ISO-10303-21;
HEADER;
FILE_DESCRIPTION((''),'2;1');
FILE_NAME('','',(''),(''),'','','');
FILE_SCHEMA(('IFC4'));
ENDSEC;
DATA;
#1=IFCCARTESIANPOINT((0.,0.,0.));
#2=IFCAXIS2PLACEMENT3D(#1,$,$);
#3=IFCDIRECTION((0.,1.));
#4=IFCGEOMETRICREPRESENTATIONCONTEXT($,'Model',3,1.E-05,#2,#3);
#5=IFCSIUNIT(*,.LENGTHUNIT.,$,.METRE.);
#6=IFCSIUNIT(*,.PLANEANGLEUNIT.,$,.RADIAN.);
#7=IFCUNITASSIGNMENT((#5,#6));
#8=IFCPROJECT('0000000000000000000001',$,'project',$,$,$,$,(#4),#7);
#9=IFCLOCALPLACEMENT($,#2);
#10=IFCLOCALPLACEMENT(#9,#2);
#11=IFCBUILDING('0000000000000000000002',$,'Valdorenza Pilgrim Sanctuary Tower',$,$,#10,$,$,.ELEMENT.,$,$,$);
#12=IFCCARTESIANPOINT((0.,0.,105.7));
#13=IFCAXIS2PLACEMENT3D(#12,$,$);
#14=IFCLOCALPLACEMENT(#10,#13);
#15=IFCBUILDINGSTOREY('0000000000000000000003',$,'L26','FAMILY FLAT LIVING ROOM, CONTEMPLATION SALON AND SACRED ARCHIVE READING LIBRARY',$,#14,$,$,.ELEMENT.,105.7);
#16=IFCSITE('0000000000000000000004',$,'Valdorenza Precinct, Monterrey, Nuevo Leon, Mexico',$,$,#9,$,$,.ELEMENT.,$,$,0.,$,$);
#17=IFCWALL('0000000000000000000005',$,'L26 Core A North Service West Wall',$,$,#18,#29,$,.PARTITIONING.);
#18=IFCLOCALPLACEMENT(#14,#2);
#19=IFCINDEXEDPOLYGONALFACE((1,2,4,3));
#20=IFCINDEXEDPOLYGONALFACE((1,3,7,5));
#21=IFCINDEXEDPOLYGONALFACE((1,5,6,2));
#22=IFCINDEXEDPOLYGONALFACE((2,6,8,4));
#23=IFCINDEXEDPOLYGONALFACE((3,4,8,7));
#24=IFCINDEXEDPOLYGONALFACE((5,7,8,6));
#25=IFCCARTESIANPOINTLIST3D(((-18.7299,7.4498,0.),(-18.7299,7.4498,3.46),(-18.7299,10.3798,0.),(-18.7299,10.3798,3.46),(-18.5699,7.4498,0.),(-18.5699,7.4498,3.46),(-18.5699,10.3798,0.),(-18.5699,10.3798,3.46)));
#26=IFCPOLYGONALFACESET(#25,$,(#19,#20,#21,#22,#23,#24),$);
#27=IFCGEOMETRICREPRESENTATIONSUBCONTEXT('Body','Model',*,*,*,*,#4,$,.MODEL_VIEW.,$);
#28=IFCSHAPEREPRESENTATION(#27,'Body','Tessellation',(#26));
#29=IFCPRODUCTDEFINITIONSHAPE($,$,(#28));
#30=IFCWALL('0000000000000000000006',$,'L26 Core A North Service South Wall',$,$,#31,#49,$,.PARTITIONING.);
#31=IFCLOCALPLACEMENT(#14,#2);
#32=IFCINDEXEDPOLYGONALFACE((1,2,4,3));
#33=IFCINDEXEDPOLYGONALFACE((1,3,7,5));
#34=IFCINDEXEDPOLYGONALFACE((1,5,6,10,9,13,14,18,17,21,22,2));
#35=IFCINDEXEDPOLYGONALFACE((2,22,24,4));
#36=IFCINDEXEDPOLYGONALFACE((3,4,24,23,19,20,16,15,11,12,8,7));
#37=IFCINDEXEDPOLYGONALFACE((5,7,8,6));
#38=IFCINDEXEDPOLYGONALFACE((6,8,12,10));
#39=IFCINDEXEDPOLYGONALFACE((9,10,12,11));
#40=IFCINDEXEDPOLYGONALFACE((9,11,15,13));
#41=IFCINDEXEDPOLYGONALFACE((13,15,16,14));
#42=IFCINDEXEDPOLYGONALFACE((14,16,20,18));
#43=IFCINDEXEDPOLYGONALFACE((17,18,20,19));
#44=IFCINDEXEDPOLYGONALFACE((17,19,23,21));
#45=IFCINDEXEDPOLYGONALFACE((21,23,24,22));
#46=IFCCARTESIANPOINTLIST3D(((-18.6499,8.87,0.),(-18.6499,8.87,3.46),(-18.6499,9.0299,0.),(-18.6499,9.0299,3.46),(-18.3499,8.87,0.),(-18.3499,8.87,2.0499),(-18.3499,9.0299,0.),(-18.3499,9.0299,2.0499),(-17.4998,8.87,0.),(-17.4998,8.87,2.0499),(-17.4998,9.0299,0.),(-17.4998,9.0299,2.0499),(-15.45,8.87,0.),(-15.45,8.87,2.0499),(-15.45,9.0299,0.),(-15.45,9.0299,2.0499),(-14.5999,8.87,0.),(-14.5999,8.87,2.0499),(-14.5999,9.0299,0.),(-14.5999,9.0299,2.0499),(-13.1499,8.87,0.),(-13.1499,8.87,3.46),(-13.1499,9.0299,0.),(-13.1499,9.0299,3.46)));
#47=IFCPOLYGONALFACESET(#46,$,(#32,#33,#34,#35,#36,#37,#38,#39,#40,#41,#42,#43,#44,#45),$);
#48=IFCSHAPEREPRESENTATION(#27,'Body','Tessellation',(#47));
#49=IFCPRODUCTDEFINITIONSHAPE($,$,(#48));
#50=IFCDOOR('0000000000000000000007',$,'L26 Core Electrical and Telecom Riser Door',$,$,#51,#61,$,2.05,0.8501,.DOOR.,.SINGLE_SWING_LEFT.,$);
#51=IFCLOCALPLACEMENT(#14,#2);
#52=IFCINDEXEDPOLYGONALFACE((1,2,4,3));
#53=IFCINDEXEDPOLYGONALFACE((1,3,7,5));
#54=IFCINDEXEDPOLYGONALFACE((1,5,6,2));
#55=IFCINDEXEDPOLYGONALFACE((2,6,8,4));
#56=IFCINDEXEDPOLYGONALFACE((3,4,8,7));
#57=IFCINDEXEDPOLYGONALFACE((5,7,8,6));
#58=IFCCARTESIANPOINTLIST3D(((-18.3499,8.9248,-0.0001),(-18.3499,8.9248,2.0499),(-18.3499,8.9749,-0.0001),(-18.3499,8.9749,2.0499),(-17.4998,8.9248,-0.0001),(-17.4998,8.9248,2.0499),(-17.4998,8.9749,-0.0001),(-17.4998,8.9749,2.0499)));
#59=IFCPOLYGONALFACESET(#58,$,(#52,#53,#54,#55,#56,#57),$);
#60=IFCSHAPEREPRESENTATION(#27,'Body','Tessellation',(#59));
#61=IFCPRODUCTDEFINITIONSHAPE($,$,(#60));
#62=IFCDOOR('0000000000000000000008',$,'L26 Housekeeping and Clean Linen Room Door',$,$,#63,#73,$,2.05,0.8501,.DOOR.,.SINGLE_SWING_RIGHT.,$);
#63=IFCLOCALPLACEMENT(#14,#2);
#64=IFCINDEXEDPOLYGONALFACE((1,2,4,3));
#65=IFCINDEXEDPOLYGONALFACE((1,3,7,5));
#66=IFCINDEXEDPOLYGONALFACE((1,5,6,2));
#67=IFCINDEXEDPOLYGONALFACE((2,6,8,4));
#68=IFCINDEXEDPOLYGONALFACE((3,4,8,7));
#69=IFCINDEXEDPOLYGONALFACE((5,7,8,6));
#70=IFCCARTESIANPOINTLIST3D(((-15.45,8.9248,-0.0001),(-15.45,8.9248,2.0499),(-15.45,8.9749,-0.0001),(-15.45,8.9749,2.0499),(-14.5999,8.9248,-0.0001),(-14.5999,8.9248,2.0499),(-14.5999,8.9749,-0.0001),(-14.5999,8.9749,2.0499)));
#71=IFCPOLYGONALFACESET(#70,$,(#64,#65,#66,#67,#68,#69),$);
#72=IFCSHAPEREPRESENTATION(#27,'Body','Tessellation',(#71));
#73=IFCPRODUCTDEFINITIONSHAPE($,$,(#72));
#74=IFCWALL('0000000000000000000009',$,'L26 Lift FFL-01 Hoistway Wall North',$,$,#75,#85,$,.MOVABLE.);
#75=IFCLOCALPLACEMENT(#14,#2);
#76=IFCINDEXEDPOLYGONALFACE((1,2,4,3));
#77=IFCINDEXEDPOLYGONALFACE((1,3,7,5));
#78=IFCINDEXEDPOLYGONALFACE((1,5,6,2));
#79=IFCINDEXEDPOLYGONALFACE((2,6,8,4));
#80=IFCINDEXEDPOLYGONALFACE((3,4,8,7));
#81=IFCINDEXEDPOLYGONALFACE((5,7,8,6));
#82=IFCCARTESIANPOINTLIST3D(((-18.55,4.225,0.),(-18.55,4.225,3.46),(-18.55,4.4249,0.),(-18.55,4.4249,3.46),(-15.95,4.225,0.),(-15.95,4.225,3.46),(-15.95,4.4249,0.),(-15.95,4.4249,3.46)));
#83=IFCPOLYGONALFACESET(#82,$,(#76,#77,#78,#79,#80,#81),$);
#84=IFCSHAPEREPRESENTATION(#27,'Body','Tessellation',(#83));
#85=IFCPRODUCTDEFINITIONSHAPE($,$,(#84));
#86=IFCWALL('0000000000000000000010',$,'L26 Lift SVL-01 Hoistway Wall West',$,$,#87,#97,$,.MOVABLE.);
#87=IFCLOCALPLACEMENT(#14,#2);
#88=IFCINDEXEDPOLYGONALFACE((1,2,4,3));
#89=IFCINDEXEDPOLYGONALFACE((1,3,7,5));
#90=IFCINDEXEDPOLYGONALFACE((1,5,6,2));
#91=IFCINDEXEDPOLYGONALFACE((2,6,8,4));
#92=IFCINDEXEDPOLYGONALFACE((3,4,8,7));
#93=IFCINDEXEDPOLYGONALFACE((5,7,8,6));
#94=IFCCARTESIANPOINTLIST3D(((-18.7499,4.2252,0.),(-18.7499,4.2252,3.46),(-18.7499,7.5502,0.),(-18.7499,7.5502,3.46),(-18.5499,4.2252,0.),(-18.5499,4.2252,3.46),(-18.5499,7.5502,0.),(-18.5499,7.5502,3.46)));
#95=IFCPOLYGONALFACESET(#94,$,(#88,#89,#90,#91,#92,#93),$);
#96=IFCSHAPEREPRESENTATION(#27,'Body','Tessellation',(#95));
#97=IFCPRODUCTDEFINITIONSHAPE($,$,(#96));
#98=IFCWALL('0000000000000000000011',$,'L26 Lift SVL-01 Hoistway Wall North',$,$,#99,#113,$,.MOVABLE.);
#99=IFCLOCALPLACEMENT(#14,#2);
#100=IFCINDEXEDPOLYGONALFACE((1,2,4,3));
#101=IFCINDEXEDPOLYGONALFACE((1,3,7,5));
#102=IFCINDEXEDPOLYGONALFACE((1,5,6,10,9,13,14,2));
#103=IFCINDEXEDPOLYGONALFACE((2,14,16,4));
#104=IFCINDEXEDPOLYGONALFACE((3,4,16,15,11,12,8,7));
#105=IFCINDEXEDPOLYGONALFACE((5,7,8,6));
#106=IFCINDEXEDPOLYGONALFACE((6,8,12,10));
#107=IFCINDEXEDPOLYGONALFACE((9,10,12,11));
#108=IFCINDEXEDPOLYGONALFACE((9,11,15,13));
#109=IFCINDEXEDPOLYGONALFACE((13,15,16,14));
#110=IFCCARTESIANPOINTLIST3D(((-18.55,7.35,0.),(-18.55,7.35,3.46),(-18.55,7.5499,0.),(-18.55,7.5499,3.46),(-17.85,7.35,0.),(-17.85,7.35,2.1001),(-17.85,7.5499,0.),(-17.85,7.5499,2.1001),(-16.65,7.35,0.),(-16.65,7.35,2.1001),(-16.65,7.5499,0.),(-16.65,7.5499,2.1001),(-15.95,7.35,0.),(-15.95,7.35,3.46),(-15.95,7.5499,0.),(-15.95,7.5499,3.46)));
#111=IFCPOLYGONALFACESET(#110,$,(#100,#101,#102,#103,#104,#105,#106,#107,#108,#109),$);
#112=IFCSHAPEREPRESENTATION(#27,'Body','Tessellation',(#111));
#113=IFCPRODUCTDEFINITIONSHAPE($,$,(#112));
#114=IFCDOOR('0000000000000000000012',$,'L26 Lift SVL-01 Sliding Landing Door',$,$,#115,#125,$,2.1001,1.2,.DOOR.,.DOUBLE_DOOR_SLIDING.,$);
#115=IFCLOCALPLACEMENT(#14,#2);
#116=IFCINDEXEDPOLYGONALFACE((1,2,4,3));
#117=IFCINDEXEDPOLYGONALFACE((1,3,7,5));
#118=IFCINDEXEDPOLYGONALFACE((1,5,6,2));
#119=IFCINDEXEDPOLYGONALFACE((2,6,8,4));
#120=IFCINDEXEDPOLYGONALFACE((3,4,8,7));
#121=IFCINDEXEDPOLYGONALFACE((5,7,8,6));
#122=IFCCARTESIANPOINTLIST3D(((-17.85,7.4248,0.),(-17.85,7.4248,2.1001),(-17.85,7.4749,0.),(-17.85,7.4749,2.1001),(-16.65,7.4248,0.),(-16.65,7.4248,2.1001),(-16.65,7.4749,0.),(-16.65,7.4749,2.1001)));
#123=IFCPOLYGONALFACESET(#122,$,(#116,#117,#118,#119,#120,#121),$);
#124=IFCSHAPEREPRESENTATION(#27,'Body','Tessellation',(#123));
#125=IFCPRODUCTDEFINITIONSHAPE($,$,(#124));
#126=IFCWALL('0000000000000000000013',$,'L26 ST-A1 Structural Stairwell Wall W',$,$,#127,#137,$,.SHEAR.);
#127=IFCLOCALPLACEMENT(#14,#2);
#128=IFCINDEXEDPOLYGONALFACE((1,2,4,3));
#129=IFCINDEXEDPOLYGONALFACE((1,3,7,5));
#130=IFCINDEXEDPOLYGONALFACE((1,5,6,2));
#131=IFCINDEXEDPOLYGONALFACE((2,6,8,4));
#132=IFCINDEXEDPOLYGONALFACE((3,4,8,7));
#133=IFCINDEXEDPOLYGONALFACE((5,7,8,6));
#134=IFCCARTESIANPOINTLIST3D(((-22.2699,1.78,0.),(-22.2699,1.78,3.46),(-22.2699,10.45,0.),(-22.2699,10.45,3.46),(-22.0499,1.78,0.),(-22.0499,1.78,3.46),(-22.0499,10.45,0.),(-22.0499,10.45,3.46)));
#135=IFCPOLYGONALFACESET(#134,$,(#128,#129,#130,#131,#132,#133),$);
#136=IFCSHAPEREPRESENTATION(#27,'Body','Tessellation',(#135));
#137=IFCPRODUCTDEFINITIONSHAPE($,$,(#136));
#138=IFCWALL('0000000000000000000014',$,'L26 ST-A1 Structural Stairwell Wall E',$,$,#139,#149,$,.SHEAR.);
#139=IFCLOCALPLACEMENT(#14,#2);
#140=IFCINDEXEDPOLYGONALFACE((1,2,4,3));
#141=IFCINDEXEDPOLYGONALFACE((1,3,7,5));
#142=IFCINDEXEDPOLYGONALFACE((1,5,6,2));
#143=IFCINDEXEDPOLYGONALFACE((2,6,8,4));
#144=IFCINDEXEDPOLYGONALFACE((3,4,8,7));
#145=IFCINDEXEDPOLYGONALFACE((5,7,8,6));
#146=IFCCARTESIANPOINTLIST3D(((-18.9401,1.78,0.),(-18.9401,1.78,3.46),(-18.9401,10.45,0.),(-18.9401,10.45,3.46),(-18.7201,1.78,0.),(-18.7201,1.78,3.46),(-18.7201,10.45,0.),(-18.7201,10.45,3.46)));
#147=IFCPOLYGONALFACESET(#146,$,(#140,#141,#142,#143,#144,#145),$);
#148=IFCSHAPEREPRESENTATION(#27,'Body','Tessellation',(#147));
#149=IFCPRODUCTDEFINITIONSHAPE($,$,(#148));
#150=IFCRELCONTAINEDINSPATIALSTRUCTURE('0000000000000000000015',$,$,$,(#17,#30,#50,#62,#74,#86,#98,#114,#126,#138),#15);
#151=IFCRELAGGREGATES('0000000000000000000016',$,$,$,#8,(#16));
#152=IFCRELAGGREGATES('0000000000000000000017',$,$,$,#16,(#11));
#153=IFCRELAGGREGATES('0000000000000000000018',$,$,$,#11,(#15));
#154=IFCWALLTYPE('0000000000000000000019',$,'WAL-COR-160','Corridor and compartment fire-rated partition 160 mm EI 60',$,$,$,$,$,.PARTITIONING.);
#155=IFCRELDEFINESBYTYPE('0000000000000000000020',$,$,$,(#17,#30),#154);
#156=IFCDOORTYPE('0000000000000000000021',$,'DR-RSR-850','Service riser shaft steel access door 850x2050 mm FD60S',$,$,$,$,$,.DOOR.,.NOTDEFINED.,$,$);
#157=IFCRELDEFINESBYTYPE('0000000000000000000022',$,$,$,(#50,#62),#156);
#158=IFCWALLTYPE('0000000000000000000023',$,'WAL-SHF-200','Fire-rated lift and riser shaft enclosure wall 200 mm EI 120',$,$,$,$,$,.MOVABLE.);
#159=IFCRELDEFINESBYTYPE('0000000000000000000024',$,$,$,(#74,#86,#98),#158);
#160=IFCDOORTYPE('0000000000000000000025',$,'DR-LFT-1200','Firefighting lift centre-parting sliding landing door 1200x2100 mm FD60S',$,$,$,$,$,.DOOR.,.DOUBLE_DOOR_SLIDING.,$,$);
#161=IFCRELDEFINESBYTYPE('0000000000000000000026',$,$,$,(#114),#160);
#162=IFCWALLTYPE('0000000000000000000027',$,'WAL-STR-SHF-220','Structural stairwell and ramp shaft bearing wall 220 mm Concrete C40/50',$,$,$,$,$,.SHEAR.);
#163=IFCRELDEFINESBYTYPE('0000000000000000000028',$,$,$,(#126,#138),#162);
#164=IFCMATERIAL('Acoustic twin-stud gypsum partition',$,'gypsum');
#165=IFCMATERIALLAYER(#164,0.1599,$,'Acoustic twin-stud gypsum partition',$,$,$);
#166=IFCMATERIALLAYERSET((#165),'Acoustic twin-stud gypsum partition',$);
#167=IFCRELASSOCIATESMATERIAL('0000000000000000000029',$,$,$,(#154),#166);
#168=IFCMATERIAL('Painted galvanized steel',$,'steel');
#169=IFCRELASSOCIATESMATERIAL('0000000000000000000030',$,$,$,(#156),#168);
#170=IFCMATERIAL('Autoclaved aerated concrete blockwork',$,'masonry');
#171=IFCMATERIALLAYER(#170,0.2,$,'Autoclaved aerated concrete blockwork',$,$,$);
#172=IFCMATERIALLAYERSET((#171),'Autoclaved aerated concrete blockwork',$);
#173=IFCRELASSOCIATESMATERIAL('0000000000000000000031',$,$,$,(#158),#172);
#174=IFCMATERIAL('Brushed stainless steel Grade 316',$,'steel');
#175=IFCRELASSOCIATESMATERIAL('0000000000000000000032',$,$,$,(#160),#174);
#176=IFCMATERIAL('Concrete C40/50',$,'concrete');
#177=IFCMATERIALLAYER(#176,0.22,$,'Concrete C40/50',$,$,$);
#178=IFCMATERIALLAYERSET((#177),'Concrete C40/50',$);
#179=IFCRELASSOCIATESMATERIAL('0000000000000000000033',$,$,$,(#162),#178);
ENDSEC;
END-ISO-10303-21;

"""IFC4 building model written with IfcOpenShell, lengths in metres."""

from ifc_helpers import new_model, si_unit, direction, frame, frame_2d, origin, place, context, subcontext, project, spatial, rectangle, extrude, material, layer, layer_set, type_object, element, fill, save


model = new_model("IFC4")

# Units and contexts
model_context = context("Model", 3, precision=1e-05, world=origin(), true_north=direction((0.0, 1.0)))
body_context = subcontext(model_context, "Body", "Model", "MODEL_VIEW")
ifc_project = project(units=[si_unit("LENGTHUNIT", "METRE"), si_unit("PLANEANGLEUNIT", "RADIAN")], contexts=[model_context])

# Site, building, storey
site_placement = place(None, origin())
site = spatial("IfcSite", under=ifc_project, at=site_placement, Name="Valdorenza Precinct, Monterrey, Nuevo Leon, Mexico", CompositionType="ELEMENT", RefElevation=0.0)
building_placement = place(site_placement, origin())
building = spatial("IfcBuilding", under=site, at=building_placement, Name="Valdorenza Pilgrim Sanctuary Tower", CompositionType="ELEMENT")
storey_placement = place(building_placement, frame((0.0, 0.0, 105.7)))
storey = spatial("IfcBuildingStorey", under=building, at=storey_placement, Name="L26", Description="FAMILY FLAT LIVING ROOM, CONTEMPLATION SALON AND SACRED ARCHIVE READING LIBRARY", CompositionType="ELEMENT", Elevation=105.7)

# Wall
ifc_material_1 = material(Name="Acoustic twin-stud gypsum partition", Category="gypsum")
ifc_layer_1 = layer(ifc_material_1, 0.1599, Name="Acoustic twin-stud gypsum partition")
ifc_layer_set_1 = layer_set([ifc_layer_1], Name="Acoustic twin-stud gypsum partition")
wall_type_1 = type_object("IfcWallType", Name="WAL-COR-160", Description="Corridor and compartment fire-rated partition 160 mm EI 60", PredefinedType="PARTITIONING", material=ifc_layer_set_1)
wall_1_placement = place(storey_placement, frame((-18.6499, 7.45, 0.0), z_axis=(0.0, 0.0, 1.0), x_axis=(0.0, 1.0, 0.0)))
element("IfcWall", 1, at=wall_1_placement, inside=storey, type_object=wall_type_1, Name="L26 Core A North Service West Wall", PredefinedType="PARTITIONING", context=body_context, shape_type="SweptSolid", body=[
    extrude(rectangle(XDim=2.9299, YDim=0.1599, at=frame_2d((1.4648, 0.0))), origin(), (0.0, 0.0, 1.0), 3.46),
])

# Wall, openings, doors
wall_2_placement = place(storey_placement, frame((-18.6499, 8.95, 0.0), z_axis=(0.0, 0.0, 1.0), x_axis=(1.0, 0.0, 0.0)))
wall_2 = element("IfcWall", 2, at=wall_2_placement, inside=storey, type_object=wall_type_1, Name="L26 Core A North Service South Wall", PredefinedType="PARTITIONING", context=body_context, shape_type="SweptSolid", body=[
    extrude(rectangle(XDim=5.5, YDim=0.1599, at=frame_2d((2.75, 0.0))), origin(), (0.0, 0.0, 1.0), 3.46),
])
opening_1_placement = place(wall_2_placement, frame((0.3, 0.0, 0.0)))
opening_1 = element("IfcOpeningElement", 3, at=opening_1_placement, cuts=wall_2, PredefinedType="OPENING", context=body_context, shape_type="SweptSolid", body=[
    extrude(rectangle(XDim=0.8501, YDim=2.05, at=frame_2d((0.425, 1.0249))), frame((0.0, 0.0947, 0.0), z_axis=(0.0, -1.0, 0.0), x_axis=(1.0, 0.0, 0.0)), (0.0, 0.0, 1.0), 0.1897),
])
opening_2_placement = place(wall_2_placement, frame((3.2, 0.0, 0.0)))
opening_2 = element("IfcOpeningElement", 4, at=opening_2_placement, cuts=wall_2, PredefinedType="OPENING", context=body_context, shape_type="SweptSolid", body=[
    extrude(rectangle(XDim=0.8501, YDim=2.05, at=frame_2d((0.425, 1.0249))), frame((0.0, 0.0947, 0.0), z_axis=(0.0, -1.0, 0.0), x_axis=(1.0, 0.0, 0.0)), (0.0, 0.0, 1.0), 0.1897),
])
ifc_material_2 = material(Name="Painted galvanized steel", Category="steel")
door_type_1 = type_object("IfcDoorType", Name="DR-RSR-850", Description="Service riser shaft steel access door 850x2050 mm FD60S", OperationType="NOTDEFINED", PredefinedType="DOOR", material=ifc_material_2)
door_1_placement = place(opening_1_placement, origin())
door_1 = element("IfcDoor", 5, at=door_1_placement, inside=storey, type_object=door_type_1, Name="L26 Core Electrical and Telecom Riser Door", OperationType="SINGLE_SWING_LEFT", OverallHeight=2.05, OverallWidth=0.8501, PredefinedType="DOOR", context=body_context, shape_type="SweptSolid", body=[
    extrude(rectangle(XDim=0.8501, YDim=2.05, at=frame_2d((0.425, 1.0249))), frame((0.0, 0.0249, 0.0), z_axis=(0.0, -1.0, 0.0), x_axis=(1.0, 0.0, 0.0)), (0.0, 0.0, 1.0), 0.05),
])
fill(opening_1, door_1)
door_2_placement = place(opening_2_placement, origin())
door_2 = element("IfcDoor", 6, at=door_2_placement, inside=storey, type_object=door_type_1, Name="L26 Housekeeping and Clean Linen Room Door", OperationType="SINGLE_SWING_RIGHT", OverallHeight=2.05, OverallWidth=0.8501, PredefinedType="DOOR", context=body_context, shape_type="SweptSolid", body=[
    extrude(rectangle(XDim=0.8501, YDim=2.05, at=frame_2d((0.425, 1.0249))), frame((0.0, 0.0249, 0.0), z_axis=(0.0, -1.0, 0.0), x_axis=(1.0, 0.0, 0.0)), (0.0, 0.0, 1.0), 0.05),
])
fill(opening_2, door_2)

# Walls
ifc_material_3 = material(Name="Autoclaved aerated concrete blockwork", Category="masonry")
ifc_layer_2 = layer(ifc_material_3, 0.2, Name="Autoclaved aerated concrete blockwork")
ifc_layer_set_2 = layer_set([ifc_layer_2], Name="Autoclaved aerated concrete blockwork")
wall_type_2 = type_object("IfcWallType", Name="WAL-SHF-200", Description="Fire-rated lift and riser shaft enclosure wall 200 mm EI 120", PredefinedType="MOVABLE", material=ifc_layer_set_2)
wall_3_placement = place(storey_placement, frame((-18.55, 4.325, 0.0), z_axis=(0.0, 0.0, 1.0), x_axis=(1.0, 0.0, 0.0)))
element("IfcWall", 7, at=wall_3_placement, inside=storey, type_object=wall_type_2, Name="L26 Lift FFL-01 Hoistway Wall North", PredefinedType="MOVABLE", context=body_context, shape_type="SweptSolid", body=[
    extrude(rectangle(XDim=2.6001, YDim=0.2, at=frame_2d((1.3, 0.0))), origin(), (0.0, 0.0, 1.0), 3.46),
])
wall_4_placement = place(storey_placement, frame((-18.6499, 4.2251, 0.0), z_axis=(0.0, 0.0, 1.0), x_axis=(0.0, 1.0, 0.0)))
element("IfcWall", 8, at=wall_4_placement, inside=storey, type_object=wall_type_2, Name="L26 Lift SVL-01 Hoistway Wall West", PredefinedType="MOVABLE", context=body_context, shape_type="SweptSolid", body=[
    extrude(rectangle(XDim=3.325, YDim=0.2, at=frame_2d((1.6626, 0.0))), origin(), (0.0, 0.0, 1.0), 3.46),
])

# Wall, opening, door
wall_5_placement = place(storey_placement, frame((-18.55, 7.45, 0.0), z_axis=(0.0, 0.0, 1.0), x_axis=(1.0, 0.0, 0.0)))
wall_5 = element("IfcWall", 9, at=wall_5_placement, inside=storey, type_object=wall_type_2, Name="L26 Lift SVL-01 Hoistway Wall North", PredefinedType="MOVABLE", context=body_context, shape_type="SweptSolid", body=[
    extrude(rectangle(XDim=2.6001, YDim=0.2, at=frame_2d((1.3, 0.0))), origin(), (0.0, 0.0, 1.0), 3.46),
])
opening_3_placement = place(wall_5_placement, frame((0.7, 0.0, 0.0)))
opening_3 = element("IfcOpeningElement", 10, at=opening_3_placement, cuts=wall_5, PredefinedType="OPENING", context=body_context, shape_type="SweptSolid", body=[
    extrude(rectangle(XDim=1.2, YDim=2.1001, at=frame_2d((0.6001, 1.05))), frame((0.0, 0.1147, 0.0), z_axis=(0.0, -1.0, 0.0), x_axis=(1.0, 0.0, 0.0)), (0.0, 0.0, 1.0), 0.2297),
])
ifc_material_4 = material(Name="Brushed stainless steel Grade 316", Category="steel")
door_type_2 = type_object("IfcDoorType", Name="DR-LFT-1200", Description="Firefighting lift centre-parting sliding landing door 1200x2100 mm FD60S", OperationType="DOUBLE_DOOR_SLIDING", PredefinedType="DOOR", material=ifc_material_4)
door_3_placement = place(opening_3_placement, origin())
door_3 = element("IfcDoor", 11, at=door_3_placement, inside=storey, type_object=door_type_2, Name="L26 Lift SVL-01 Sliding Landing Door", OperationType="DOUBLE_DOOR_SLIDING", OverallHeight=2.1001, OverallWidth=1.2, PredefinedType="DOOR", context=body_context, shape_type="SweptSolid", body=[
    extrude(rectangle(XDim=1.2, YDim=2.1001, at=frame_2d((0.6001, 1.05))), frame((0.0, 0.0249, 0.0), z_axis=(0.0, -1.0, 0.0), x_axis=(1.0, 0.0, 0.0)), (0.0, 0.0, 1.0), 0.05),
])
fill(opening_3, door_3)

# Walls
ifc_material_5 = material(Name="Concrete C40/50", Category="concrete")
ifc_layer_3 = layer(ifc_material_5, 0.22, Name="Concrete C40/50")
ifc_layer_set_3 = layer_set([ifc_layer_3], Name="Concrete C40/50")
wall_type_3 = type_object("IfcWallType", Name="WAL-STR-SHF-220", Description="Structural stairwell and ramp shaft bearing wall 220 mm Concrete C40/50", PredefinedType="SHEAR", material=ifc_layer_set_3)
for number, where, z_axis, x_axis, name in (
    (12, (-22.1599, 1.78, 0.0), (0.0, 0.0, 1.0), (0.0, 1.0, 0.0), "L26 ST-A1 Structural Stairwell Wall W"),
    (13, (-18.8301, 1.78, 0.0), (0.0, 0.0, 1.0), (0.0, 1.0, 0.0), "L26 ST-A1 Structural Stairwell Wall E"),
):
    element("IfcWall", number, at=place(storey_placement, frame(where, z_axis=z_axis, x_axis=x_axis)), inside=storey, type_object=wall_type_3, Name=name, PredefinedType="SHEAR", context=body_context, shape_type="SweptSolid", body=[
        extrude(rectangle(XDim=8.6699, YDim=0.22, at=frame_2d((4.335, 0.0))), origin(), (0.0, 0.0, 1.0), 3.46),
    ])

save(model, "model.ifc")
